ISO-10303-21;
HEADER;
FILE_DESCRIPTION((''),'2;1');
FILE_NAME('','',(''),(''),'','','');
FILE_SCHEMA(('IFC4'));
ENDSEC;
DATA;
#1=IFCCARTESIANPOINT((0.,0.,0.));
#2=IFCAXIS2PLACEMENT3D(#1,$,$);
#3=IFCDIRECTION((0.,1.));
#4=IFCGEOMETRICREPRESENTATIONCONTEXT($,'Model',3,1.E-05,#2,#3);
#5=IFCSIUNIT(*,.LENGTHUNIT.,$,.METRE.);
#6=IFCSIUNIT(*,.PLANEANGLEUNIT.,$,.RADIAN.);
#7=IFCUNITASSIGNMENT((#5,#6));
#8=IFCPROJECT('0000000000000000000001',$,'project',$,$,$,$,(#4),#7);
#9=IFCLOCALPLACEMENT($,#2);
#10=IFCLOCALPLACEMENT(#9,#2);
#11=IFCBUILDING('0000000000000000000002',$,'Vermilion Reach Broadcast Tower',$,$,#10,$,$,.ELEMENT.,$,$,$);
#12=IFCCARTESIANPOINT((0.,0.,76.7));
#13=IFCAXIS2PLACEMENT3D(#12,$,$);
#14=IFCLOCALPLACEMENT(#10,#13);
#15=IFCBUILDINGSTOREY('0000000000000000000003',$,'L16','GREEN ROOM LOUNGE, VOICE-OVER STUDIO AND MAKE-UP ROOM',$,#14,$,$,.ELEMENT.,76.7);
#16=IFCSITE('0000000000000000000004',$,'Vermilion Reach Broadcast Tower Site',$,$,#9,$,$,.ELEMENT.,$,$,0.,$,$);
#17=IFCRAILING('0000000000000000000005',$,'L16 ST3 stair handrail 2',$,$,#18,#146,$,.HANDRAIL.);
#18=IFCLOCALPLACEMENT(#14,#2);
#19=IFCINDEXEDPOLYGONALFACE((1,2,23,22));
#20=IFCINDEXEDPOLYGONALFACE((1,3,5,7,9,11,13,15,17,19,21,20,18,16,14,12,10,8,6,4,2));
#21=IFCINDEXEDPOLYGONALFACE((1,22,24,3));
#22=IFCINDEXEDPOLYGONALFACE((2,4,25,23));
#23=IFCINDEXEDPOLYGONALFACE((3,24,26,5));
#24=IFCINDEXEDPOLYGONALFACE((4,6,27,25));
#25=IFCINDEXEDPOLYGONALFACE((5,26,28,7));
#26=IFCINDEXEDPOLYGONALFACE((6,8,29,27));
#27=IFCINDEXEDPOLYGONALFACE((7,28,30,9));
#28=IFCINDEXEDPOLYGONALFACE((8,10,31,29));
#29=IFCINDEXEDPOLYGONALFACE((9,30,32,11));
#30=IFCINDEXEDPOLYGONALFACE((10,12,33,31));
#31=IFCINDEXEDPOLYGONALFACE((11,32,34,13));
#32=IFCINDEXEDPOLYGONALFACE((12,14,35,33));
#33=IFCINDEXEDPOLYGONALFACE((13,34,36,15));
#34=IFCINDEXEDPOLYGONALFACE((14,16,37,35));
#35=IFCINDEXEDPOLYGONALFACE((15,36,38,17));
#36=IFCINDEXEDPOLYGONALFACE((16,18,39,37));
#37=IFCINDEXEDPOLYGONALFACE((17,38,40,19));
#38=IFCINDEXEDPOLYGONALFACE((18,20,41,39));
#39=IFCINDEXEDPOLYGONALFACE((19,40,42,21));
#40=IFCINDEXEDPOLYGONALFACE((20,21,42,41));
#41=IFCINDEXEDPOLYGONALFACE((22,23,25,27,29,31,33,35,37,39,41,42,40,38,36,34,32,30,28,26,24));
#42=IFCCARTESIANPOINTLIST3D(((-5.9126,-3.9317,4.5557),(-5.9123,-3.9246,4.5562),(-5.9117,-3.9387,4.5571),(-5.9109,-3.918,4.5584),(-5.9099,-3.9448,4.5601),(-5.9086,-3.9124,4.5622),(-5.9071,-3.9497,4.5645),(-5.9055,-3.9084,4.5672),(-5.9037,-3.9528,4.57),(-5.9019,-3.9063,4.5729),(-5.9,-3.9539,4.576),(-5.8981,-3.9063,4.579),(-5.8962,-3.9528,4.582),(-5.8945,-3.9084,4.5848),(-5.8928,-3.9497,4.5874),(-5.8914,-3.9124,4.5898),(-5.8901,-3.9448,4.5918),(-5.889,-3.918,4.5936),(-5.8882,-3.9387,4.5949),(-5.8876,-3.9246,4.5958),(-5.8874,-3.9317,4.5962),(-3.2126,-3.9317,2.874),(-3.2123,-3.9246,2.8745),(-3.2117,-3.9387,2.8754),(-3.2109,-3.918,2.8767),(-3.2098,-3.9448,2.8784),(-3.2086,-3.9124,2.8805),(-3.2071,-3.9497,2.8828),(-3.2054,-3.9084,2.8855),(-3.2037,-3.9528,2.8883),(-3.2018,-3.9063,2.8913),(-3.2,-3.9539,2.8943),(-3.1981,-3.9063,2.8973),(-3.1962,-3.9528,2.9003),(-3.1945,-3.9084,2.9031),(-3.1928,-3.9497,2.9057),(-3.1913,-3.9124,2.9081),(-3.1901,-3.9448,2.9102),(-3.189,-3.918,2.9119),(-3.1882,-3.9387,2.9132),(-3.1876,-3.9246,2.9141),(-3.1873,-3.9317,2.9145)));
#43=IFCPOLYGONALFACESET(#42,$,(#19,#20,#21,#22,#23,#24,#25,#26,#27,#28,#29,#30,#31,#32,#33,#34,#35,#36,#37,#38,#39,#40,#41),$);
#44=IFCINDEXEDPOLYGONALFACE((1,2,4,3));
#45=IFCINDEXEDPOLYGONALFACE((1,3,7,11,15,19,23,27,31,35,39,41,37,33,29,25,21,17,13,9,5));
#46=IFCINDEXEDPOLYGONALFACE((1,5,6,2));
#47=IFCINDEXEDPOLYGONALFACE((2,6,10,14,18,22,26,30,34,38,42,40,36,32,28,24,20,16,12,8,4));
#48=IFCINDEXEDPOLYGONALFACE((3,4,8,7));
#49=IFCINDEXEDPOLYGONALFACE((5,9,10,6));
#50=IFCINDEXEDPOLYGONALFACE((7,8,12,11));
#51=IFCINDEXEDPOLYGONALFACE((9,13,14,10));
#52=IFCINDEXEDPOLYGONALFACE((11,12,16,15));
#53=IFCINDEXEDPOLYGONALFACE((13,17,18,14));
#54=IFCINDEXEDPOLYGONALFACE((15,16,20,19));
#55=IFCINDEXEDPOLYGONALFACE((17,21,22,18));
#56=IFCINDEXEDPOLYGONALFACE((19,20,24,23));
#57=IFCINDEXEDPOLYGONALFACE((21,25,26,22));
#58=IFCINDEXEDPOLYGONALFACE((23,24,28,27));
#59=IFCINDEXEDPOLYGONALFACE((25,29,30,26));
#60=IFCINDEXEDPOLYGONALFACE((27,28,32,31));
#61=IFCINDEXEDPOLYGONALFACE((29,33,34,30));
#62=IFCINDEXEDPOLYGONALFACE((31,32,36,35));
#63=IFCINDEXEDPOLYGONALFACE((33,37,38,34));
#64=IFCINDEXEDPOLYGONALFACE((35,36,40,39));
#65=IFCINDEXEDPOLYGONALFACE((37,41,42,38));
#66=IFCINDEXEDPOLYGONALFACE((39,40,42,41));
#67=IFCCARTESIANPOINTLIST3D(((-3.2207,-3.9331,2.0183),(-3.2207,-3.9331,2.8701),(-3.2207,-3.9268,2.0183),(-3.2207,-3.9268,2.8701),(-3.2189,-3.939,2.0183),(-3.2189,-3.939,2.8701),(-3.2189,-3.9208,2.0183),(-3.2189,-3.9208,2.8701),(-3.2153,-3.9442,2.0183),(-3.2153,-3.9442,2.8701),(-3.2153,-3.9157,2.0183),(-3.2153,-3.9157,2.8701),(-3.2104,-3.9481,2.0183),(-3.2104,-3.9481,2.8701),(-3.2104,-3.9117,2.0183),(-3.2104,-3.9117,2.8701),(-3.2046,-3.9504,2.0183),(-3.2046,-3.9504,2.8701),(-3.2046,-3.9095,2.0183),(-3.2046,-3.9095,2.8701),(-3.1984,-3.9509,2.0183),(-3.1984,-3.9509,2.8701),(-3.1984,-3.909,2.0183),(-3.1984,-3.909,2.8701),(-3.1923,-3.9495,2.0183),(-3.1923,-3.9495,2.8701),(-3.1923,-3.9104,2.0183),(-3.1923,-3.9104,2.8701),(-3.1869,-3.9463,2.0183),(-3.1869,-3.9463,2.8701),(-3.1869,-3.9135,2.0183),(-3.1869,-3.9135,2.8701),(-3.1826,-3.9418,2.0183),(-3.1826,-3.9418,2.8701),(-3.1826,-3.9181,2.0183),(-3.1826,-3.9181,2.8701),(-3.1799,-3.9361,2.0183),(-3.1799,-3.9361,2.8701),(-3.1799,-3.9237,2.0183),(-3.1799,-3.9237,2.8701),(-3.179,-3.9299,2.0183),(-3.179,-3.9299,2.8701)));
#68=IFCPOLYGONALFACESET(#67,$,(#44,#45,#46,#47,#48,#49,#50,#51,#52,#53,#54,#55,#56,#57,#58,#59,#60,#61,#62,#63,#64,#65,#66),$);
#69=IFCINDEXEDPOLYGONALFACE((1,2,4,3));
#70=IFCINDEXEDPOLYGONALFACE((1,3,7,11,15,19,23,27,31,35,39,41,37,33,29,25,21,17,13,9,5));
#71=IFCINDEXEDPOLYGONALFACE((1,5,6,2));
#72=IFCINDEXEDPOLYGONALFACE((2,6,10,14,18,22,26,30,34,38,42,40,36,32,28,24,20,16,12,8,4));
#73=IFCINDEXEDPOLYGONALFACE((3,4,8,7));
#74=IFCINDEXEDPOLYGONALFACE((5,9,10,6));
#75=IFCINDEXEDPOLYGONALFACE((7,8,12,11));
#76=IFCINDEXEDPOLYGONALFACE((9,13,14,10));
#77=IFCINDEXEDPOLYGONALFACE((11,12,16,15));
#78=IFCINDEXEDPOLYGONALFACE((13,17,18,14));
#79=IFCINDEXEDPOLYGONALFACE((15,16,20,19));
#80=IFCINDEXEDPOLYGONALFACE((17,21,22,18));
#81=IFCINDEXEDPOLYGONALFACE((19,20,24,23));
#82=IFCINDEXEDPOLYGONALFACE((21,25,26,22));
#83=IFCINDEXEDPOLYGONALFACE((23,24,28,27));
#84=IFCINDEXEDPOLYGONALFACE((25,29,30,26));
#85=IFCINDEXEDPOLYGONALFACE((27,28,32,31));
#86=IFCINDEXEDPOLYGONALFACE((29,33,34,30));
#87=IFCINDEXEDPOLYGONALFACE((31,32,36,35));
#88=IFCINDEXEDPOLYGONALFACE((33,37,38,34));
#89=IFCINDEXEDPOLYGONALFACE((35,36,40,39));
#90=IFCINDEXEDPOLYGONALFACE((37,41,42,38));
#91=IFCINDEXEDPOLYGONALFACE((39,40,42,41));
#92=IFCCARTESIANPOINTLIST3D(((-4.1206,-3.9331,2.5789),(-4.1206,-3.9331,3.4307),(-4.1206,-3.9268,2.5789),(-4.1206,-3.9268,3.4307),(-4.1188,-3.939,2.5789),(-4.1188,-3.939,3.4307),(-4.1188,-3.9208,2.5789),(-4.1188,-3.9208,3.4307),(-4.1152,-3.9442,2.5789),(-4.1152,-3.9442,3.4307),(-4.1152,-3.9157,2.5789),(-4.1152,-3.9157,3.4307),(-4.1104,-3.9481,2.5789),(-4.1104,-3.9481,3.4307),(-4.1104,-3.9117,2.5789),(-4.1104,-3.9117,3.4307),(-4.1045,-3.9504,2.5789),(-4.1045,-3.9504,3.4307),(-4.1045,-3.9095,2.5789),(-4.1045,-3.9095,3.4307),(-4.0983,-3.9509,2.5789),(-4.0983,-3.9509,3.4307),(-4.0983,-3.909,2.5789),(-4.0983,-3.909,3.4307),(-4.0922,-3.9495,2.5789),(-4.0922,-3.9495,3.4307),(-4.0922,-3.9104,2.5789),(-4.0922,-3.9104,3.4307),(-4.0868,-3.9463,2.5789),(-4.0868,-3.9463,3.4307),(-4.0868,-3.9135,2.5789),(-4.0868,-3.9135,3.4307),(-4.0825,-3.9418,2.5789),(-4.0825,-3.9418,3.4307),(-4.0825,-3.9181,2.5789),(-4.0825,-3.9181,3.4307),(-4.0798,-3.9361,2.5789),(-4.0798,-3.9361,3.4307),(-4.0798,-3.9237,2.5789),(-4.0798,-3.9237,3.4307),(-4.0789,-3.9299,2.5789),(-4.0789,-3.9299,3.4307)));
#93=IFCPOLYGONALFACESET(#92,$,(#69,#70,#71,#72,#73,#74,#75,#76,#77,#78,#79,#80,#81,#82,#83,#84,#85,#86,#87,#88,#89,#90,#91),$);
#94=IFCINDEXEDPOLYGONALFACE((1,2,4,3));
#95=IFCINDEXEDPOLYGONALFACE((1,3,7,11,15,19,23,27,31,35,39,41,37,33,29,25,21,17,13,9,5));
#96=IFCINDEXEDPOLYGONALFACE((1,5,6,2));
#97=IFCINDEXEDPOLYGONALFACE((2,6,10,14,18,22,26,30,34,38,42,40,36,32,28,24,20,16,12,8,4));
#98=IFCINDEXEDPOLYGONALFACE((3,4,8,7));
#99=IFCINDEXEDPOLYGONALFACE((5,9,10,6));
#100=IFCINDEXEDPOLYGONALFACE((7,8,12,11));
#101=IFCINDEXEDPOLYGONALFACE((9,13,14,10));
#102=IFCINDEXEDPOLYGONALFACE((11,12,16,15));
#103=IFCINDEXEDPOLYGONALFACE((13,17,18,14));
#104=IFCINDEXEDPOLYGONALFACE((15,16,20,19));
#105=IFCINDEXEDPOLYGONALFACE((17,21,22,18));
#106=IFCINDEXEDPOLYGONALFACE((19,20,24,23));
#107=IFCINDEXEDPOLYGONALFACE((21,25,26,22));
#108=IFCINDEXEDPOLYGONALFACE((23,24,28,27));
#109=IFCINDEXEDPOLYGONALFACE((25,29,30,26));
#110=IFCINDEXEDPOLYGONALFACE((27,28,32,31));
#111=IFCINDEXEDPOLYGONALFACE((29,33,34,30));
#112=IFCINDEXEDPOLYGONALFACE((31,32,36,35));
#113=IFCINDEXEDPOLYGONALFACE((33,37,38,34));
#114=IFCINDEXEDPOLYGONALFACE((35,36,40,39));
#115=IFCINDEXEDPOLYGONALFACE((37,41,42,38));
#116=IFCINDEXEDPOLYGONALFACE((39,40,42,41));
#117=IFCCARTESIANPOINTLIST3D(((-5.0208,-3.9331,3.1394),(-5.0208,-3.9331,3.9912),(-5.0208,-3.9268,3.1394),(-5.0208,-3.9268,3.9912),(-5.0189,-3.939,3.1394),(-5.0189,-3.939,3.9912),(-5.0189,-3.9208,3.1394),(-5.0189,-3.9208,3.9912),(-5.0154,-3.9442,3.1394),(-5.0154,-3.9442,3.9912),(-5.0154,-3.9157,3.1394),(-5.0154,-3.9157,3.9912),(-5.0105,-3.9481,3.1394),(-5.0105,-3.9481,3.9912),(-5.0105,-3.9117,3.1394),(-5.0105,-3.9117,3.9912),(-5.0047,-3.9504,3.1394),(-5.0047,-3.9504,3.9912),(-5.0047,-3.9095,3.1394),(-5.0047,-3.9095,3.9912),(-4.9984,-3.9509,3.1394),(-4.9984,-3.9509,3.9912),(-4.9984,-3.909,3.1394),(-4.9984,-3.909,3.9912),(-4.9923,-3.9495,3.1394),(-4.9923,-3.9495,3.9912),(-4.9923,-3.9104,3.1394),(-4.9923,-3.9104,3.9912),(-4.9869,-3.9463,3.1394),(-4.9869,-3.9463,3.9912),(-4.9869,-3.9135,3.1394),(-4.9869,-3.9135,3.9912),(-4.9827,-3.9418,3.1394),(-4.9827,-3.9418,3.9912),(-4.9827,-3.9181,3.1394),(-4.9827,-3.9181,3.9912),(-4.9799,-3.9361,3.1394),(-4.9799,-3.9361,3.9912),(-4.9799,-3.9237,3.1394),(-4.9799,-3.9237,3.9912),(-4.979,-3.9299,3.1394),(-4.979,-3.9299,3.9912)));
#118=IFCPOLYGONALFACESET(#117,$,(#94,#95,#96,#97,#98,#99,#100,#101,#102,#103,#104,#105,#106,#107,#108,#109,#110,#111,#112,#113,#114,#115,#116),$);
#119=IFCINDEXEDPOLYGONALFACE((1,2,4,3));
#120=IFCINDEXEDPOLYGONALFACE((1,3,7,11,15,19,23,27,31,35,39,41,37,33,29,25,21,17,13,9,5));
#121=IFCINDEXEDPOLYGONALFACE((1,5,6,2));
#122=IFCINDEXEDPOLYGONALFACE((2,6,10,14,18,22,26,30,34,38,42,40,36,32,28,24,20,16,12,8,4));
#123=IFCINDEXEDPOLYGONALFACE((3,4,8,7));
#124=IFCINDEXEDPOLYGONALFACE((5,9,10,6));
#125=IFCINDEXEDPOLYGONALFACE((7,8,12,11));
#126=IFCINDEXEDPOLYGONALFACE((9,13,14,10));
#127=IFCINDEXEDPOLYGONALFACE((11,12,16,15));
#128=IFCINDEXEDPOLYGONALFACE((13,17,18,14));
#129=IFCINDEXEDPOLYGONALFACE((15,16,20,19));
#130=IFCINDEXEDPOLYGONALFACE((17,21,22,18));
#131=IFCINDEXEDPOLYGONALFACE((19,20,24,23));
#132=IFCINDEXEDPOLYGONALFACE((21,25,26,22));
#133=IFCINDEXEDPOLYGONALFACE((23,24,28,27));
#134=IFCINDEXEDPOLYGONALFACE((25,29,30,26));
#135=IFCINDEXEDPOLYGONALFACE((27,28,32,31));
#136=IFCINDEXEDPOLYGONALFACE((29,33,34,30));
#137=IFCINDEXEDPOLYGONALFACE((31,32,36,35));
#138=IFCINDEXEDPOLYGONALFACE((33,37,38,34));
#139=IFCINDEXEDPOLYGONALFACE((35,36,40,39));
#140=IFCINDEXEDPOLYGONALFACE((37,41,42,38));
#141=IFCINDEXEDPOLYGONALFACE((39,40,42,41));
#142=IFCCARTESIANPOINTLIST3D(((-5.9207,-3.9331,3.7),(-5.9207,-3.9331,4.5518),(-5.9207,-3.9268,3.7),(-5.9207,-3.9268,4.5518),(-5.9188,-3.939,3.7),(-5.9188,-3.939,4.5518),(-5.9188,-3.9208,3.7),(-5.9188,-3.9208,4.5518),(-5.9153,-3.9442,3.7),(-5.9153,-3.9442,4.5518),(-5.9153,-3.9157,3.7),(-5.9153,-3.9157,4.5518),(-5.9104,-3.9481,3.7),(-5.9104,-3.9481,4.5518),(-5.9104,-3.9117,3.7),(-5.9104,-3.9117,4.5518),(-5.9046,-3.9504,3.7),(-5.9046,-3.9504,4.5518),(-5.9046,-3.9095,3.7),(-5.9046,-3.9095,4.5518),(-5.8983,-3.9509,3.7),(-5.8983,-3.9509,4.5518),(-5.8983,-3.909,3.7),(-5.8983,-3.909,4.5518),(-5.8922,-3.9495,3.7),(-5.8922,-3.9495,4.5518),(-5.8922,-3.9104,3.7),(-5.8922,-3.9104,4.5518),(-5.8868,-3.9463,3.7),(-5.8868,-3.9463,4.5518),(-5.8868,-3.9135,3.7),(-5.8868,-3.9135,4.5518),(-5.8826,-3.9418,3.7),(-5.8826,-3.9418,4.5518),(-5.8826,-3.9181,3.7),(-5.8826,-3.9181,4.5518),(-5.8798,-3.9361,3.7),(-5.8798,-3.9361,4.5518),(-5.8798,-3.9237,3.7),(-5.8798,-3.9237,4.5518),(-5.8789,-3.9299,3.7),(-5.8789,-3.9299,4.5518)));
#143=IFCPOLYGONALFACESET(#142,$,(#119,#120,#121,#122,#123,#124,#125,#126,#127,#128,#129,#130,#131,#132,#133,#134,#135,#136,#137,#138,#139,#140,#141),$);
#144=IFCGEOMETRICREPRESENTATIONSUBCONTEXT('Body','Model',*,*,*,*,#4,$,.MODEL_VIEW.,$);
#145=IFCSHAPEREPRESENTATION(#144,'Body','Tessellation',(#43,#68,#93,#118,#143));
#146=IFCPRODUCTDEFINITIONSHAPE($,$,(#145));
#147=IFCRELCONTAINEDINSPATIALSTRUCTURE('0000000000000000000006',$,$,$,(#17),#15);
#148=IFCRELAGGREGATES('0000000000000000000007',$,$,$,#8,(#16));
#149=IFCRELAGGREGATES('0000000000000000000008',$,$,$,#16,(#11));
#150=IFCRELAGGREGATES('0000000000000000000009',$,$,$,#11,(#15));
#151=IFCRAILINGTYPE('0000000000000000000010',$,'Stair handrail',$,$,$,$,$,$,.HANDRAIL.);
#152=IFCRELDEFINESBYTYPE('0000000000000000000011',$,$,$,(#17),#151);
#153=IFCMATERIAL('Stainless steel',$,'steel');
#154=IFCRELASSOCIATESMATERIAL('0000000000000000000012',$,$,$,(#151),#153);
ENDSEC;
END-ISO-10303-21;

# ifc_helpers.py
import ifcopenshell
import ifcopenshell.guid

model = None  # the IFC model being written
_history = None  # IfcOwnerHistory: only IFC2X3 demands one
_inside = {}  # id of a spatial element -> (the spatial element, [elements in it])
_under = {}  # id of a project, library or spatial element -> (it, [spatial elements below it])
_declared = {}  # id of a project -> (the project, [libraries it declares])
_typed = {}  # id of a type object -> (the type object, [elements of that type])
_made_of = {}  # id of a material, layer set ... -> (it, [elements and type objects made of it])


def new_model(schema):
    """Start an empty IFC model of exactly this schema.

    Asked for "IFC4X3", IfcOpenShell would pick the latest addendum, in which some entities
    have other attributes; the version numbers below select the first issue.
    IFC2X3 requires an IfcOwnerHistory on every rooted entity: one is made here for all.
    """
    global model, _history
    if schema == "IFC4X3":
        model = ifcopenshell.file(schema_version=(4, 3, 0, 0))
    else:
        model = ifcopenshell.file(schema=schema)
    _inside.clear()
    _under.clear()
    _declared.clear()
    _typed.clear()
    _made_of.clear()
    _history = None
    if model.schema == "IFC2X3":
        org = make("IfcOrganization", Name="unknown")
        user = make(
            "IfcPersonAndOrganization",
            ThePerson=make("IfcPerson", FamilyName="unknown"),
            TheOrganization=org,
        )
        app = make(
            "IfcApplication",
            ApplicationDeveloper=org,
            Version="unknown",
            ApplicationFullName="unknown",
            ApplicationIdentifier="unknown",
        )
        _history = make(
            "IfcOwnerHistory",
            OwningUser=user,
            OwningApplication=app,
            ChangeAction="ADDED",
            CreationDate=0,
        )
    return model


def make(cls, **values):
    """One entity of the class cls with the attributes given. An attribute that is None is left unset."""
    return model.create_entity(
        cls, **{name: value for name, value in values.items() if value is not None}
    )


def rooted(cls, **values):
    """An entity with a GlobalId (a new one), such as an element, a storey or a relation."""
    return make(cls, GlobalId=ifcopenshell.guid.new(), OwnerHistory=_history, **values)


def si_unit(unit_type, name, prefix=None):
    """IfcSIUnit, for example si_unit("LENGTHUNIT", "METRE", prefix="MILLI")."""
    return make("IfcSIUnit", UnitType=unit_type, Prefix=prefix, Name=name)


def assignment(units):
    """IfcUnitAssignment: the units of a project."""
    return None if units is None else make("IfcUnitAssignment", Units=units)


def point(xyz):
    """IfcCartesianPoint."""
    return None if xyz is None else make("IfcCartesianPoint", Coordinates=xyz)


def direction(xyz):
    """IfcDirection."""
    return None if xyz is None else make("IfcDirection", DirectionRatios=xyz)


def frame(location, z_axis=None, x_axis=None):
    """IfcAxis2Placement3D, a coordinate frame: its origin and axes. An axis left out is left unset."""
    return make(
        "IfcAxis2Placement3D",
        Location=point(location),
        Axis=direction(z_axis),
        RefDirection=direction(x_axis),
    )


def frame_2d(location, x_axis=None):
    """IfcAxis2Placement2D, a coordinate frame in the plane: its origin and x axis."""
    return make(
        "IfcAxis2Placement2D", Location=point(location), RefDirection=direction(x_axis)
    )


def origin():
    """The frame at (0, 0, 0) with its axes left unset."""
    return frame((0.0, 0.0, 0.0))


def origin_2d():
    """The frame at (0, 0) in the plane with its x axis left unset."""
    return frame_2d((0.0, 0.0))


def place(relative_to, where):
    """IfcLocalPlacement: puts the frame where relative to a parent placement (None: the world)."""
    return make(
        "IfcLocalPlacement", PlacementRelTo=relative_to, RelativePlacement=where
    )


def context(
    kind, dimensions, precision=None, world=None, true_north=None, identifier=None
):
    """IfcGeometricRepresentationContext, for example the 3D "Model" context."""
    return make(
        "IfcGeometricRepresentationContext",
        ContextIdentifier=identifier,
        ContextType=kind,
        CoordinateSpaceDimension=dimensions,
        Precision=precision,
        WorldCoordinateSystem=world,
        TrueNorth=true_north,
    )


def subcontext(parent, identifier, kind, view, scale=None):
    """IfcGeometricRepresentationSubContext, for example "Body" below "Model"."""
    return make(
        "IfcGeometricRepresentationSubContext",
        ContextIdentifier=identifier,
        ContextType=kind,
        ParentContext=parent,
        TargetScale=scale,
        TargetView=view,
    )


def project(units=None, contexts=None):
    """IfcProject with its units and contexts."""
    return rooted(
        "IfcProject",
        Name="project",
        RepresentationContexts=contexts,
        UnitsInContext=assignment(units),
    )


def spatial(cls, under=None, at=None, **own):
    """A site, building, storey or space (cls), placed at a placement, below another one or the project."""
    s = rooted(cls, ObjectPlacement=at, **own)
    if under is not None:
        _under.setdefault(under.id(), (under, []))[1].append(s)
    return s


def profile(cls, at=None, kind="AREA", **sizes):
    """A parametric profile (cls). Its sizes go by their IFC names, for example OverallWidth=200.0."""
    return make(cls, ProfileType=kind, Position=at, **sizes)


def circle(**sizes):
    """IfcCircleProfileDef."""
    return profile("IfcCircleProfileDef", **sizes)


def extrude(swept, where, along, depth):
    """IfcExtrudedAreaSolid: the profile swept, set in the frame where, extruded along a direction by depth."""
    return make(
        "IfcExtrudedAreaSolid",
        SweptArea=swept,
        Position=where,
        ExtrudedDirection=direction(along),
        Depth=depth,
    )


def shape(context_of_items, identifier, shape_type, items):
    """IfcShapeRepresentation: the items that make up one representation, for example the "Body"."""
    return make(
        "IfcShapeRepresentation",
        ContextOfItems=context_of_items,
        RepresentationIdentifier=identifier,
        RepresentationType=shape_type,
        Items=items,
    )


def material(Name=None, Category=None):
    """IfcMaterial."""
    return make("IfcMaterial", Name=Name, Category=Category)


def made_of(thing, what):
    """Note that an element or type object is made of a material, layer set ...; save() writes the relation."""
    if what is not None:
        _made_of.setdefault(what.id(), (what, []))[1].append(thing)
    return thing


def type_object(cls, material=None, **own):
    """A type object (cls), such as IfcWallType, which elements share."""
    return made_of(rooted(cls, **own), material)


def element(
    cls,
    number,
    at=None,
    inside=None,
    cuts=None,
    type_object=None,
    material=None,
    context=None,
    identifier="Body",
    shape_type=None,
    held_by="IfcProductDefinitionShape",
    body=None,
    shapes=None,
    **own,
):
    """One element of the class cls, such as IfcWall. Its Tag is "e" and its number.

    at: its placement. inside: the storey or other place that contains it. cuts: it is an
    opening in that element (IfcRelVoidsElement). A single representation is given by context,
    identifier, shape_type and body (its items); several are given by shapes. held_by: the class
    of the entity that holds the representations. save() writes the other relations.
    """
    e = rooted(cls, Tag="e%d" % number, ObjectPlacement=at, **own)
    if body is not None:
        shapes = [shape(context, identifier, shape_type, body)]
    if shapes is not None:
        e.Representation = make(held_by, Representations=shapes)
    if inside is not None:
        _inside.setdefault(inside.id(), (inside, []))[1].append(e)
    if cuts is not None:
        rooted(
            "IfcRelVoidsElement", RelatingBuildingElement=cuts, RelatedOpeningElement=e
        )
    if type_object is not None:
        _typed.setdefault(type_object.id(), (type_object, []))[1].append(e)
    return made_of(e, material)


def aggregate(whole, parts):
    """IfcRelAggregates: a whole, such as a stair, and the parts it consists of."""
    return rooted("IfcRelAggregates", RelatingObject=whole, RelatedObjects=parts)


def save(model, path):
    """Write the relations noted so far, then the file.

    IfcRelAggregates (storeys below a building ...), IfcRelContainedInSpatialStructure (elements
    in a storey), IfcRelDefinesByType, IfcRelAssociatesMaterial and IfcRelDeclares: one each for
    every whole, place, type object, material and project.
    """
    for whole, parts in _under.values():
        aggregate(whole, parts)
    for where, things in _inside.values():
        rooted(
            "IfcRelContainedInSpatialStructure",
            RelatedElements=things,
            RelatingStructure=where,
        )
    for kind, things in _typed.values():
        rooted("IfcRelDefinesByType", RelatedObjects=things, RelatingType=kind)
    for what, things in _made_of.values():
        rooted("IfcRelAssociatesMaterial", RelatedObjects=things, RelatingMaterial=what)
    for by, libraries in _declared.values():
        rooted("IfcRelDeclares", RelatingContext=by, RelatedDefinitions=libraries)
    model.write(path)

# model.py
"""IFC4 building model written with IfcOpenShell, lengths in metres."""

from ifc_helpers import new_model, si_unit, direction, frame, origin, origin_2d, place, context, subcontext, project, spatial, circle, extrude, material, type_object, element, save


model = new_model("IFC4")

# Units and contexts
model_context = context("Model", 3, precision=1e-05, world=origin(), true_north=direction((0.0, 1.0)))
body_context = subcontext(model_context, "Body", "Model", "MODEL_VIEW")
ifc_project = project(units=[si_unit("LENGTHUNIT", "METRE"), si_unit("PLANEANGLEUNIT", "RADIAN")], contexts=[model_context])

# Site, building, storey
site_placement = place(None, origin())
site = spatial("IfcSite", under=ifc_project, at=site_placement, Name="Vermilion Reach Broadcast Tower Site", CompositionType="ELEMENT", RefElevation=0.0)
building_placement = place(site_placement, origin())
building = spatial("IfcBuilding", under=site, at=building_placement, Name="Vermilion Reach Broadcast Tower", CompositionType="ELEMENT")
storey_placement = place(building_placement, frame((0.0, 0.0, 76.7)))
storey = spatial("IfcBuildingStorey", under=building, at=storey_placement, Name="L16", Description="GREEN ROOM LOUNGE, VOICE-OVER STUDIO AND MAKE-UP ROOM", CompositionType="ELEMENT", Elevation=76.7)

# Railing
ifc_material_1 = material(Name="Stainless steel", Category="steel")
railing_type_1 = type_object("IfcRailingType", Name="Stair handrail", PredefinedType="HANDRAIL", material=ifc_material_1)
railing_1_placement = place(storey_placement, frame((-3.2, -3.9299, 2.0183)))
element("IfcRailing", 1, at=railing_1_placement, inside=storey, type_object=railing_type_1, Name="L16 ST3 stair handrail 2", PredefinedType="HANDRAIL", context=body_context, shape_type="SweptSolid", body=[
    extrude(circle(Radius=0.0239, at=origin_2d()), frame((0.0, 0.0, 0.876), z_axis=(-0.848821, 0.0, 0.528681), x_axis=(0.0, -1.0, 0.0)), (0.0, 0.0, 1.0), 3.1809),
    extrude(circle(Radius=0.021, at=origin_2d()), origin(), (0.0, 0.0, 1.0), 0.8518),
    extrude(circle(Radius=0.021, at=origin_2d()), frame((-0.8999, 0.0, 0.5605)), (0.0, 0.0, 1.0), 0.8518),
    extrude(circle(Radius=0.021, at=origin_2d()), frame((-1.8, 0.0, 1.1211)), (0.0, 0.0, 1.0), 0.8518),
    extrude(circle(Radius=0.021, at=origin_2d()), frame((-2.7, 0.0, 1.6816)), (0.0, 0.0, 1.0), 0.8518),
])

save(model, "model.ifc")
